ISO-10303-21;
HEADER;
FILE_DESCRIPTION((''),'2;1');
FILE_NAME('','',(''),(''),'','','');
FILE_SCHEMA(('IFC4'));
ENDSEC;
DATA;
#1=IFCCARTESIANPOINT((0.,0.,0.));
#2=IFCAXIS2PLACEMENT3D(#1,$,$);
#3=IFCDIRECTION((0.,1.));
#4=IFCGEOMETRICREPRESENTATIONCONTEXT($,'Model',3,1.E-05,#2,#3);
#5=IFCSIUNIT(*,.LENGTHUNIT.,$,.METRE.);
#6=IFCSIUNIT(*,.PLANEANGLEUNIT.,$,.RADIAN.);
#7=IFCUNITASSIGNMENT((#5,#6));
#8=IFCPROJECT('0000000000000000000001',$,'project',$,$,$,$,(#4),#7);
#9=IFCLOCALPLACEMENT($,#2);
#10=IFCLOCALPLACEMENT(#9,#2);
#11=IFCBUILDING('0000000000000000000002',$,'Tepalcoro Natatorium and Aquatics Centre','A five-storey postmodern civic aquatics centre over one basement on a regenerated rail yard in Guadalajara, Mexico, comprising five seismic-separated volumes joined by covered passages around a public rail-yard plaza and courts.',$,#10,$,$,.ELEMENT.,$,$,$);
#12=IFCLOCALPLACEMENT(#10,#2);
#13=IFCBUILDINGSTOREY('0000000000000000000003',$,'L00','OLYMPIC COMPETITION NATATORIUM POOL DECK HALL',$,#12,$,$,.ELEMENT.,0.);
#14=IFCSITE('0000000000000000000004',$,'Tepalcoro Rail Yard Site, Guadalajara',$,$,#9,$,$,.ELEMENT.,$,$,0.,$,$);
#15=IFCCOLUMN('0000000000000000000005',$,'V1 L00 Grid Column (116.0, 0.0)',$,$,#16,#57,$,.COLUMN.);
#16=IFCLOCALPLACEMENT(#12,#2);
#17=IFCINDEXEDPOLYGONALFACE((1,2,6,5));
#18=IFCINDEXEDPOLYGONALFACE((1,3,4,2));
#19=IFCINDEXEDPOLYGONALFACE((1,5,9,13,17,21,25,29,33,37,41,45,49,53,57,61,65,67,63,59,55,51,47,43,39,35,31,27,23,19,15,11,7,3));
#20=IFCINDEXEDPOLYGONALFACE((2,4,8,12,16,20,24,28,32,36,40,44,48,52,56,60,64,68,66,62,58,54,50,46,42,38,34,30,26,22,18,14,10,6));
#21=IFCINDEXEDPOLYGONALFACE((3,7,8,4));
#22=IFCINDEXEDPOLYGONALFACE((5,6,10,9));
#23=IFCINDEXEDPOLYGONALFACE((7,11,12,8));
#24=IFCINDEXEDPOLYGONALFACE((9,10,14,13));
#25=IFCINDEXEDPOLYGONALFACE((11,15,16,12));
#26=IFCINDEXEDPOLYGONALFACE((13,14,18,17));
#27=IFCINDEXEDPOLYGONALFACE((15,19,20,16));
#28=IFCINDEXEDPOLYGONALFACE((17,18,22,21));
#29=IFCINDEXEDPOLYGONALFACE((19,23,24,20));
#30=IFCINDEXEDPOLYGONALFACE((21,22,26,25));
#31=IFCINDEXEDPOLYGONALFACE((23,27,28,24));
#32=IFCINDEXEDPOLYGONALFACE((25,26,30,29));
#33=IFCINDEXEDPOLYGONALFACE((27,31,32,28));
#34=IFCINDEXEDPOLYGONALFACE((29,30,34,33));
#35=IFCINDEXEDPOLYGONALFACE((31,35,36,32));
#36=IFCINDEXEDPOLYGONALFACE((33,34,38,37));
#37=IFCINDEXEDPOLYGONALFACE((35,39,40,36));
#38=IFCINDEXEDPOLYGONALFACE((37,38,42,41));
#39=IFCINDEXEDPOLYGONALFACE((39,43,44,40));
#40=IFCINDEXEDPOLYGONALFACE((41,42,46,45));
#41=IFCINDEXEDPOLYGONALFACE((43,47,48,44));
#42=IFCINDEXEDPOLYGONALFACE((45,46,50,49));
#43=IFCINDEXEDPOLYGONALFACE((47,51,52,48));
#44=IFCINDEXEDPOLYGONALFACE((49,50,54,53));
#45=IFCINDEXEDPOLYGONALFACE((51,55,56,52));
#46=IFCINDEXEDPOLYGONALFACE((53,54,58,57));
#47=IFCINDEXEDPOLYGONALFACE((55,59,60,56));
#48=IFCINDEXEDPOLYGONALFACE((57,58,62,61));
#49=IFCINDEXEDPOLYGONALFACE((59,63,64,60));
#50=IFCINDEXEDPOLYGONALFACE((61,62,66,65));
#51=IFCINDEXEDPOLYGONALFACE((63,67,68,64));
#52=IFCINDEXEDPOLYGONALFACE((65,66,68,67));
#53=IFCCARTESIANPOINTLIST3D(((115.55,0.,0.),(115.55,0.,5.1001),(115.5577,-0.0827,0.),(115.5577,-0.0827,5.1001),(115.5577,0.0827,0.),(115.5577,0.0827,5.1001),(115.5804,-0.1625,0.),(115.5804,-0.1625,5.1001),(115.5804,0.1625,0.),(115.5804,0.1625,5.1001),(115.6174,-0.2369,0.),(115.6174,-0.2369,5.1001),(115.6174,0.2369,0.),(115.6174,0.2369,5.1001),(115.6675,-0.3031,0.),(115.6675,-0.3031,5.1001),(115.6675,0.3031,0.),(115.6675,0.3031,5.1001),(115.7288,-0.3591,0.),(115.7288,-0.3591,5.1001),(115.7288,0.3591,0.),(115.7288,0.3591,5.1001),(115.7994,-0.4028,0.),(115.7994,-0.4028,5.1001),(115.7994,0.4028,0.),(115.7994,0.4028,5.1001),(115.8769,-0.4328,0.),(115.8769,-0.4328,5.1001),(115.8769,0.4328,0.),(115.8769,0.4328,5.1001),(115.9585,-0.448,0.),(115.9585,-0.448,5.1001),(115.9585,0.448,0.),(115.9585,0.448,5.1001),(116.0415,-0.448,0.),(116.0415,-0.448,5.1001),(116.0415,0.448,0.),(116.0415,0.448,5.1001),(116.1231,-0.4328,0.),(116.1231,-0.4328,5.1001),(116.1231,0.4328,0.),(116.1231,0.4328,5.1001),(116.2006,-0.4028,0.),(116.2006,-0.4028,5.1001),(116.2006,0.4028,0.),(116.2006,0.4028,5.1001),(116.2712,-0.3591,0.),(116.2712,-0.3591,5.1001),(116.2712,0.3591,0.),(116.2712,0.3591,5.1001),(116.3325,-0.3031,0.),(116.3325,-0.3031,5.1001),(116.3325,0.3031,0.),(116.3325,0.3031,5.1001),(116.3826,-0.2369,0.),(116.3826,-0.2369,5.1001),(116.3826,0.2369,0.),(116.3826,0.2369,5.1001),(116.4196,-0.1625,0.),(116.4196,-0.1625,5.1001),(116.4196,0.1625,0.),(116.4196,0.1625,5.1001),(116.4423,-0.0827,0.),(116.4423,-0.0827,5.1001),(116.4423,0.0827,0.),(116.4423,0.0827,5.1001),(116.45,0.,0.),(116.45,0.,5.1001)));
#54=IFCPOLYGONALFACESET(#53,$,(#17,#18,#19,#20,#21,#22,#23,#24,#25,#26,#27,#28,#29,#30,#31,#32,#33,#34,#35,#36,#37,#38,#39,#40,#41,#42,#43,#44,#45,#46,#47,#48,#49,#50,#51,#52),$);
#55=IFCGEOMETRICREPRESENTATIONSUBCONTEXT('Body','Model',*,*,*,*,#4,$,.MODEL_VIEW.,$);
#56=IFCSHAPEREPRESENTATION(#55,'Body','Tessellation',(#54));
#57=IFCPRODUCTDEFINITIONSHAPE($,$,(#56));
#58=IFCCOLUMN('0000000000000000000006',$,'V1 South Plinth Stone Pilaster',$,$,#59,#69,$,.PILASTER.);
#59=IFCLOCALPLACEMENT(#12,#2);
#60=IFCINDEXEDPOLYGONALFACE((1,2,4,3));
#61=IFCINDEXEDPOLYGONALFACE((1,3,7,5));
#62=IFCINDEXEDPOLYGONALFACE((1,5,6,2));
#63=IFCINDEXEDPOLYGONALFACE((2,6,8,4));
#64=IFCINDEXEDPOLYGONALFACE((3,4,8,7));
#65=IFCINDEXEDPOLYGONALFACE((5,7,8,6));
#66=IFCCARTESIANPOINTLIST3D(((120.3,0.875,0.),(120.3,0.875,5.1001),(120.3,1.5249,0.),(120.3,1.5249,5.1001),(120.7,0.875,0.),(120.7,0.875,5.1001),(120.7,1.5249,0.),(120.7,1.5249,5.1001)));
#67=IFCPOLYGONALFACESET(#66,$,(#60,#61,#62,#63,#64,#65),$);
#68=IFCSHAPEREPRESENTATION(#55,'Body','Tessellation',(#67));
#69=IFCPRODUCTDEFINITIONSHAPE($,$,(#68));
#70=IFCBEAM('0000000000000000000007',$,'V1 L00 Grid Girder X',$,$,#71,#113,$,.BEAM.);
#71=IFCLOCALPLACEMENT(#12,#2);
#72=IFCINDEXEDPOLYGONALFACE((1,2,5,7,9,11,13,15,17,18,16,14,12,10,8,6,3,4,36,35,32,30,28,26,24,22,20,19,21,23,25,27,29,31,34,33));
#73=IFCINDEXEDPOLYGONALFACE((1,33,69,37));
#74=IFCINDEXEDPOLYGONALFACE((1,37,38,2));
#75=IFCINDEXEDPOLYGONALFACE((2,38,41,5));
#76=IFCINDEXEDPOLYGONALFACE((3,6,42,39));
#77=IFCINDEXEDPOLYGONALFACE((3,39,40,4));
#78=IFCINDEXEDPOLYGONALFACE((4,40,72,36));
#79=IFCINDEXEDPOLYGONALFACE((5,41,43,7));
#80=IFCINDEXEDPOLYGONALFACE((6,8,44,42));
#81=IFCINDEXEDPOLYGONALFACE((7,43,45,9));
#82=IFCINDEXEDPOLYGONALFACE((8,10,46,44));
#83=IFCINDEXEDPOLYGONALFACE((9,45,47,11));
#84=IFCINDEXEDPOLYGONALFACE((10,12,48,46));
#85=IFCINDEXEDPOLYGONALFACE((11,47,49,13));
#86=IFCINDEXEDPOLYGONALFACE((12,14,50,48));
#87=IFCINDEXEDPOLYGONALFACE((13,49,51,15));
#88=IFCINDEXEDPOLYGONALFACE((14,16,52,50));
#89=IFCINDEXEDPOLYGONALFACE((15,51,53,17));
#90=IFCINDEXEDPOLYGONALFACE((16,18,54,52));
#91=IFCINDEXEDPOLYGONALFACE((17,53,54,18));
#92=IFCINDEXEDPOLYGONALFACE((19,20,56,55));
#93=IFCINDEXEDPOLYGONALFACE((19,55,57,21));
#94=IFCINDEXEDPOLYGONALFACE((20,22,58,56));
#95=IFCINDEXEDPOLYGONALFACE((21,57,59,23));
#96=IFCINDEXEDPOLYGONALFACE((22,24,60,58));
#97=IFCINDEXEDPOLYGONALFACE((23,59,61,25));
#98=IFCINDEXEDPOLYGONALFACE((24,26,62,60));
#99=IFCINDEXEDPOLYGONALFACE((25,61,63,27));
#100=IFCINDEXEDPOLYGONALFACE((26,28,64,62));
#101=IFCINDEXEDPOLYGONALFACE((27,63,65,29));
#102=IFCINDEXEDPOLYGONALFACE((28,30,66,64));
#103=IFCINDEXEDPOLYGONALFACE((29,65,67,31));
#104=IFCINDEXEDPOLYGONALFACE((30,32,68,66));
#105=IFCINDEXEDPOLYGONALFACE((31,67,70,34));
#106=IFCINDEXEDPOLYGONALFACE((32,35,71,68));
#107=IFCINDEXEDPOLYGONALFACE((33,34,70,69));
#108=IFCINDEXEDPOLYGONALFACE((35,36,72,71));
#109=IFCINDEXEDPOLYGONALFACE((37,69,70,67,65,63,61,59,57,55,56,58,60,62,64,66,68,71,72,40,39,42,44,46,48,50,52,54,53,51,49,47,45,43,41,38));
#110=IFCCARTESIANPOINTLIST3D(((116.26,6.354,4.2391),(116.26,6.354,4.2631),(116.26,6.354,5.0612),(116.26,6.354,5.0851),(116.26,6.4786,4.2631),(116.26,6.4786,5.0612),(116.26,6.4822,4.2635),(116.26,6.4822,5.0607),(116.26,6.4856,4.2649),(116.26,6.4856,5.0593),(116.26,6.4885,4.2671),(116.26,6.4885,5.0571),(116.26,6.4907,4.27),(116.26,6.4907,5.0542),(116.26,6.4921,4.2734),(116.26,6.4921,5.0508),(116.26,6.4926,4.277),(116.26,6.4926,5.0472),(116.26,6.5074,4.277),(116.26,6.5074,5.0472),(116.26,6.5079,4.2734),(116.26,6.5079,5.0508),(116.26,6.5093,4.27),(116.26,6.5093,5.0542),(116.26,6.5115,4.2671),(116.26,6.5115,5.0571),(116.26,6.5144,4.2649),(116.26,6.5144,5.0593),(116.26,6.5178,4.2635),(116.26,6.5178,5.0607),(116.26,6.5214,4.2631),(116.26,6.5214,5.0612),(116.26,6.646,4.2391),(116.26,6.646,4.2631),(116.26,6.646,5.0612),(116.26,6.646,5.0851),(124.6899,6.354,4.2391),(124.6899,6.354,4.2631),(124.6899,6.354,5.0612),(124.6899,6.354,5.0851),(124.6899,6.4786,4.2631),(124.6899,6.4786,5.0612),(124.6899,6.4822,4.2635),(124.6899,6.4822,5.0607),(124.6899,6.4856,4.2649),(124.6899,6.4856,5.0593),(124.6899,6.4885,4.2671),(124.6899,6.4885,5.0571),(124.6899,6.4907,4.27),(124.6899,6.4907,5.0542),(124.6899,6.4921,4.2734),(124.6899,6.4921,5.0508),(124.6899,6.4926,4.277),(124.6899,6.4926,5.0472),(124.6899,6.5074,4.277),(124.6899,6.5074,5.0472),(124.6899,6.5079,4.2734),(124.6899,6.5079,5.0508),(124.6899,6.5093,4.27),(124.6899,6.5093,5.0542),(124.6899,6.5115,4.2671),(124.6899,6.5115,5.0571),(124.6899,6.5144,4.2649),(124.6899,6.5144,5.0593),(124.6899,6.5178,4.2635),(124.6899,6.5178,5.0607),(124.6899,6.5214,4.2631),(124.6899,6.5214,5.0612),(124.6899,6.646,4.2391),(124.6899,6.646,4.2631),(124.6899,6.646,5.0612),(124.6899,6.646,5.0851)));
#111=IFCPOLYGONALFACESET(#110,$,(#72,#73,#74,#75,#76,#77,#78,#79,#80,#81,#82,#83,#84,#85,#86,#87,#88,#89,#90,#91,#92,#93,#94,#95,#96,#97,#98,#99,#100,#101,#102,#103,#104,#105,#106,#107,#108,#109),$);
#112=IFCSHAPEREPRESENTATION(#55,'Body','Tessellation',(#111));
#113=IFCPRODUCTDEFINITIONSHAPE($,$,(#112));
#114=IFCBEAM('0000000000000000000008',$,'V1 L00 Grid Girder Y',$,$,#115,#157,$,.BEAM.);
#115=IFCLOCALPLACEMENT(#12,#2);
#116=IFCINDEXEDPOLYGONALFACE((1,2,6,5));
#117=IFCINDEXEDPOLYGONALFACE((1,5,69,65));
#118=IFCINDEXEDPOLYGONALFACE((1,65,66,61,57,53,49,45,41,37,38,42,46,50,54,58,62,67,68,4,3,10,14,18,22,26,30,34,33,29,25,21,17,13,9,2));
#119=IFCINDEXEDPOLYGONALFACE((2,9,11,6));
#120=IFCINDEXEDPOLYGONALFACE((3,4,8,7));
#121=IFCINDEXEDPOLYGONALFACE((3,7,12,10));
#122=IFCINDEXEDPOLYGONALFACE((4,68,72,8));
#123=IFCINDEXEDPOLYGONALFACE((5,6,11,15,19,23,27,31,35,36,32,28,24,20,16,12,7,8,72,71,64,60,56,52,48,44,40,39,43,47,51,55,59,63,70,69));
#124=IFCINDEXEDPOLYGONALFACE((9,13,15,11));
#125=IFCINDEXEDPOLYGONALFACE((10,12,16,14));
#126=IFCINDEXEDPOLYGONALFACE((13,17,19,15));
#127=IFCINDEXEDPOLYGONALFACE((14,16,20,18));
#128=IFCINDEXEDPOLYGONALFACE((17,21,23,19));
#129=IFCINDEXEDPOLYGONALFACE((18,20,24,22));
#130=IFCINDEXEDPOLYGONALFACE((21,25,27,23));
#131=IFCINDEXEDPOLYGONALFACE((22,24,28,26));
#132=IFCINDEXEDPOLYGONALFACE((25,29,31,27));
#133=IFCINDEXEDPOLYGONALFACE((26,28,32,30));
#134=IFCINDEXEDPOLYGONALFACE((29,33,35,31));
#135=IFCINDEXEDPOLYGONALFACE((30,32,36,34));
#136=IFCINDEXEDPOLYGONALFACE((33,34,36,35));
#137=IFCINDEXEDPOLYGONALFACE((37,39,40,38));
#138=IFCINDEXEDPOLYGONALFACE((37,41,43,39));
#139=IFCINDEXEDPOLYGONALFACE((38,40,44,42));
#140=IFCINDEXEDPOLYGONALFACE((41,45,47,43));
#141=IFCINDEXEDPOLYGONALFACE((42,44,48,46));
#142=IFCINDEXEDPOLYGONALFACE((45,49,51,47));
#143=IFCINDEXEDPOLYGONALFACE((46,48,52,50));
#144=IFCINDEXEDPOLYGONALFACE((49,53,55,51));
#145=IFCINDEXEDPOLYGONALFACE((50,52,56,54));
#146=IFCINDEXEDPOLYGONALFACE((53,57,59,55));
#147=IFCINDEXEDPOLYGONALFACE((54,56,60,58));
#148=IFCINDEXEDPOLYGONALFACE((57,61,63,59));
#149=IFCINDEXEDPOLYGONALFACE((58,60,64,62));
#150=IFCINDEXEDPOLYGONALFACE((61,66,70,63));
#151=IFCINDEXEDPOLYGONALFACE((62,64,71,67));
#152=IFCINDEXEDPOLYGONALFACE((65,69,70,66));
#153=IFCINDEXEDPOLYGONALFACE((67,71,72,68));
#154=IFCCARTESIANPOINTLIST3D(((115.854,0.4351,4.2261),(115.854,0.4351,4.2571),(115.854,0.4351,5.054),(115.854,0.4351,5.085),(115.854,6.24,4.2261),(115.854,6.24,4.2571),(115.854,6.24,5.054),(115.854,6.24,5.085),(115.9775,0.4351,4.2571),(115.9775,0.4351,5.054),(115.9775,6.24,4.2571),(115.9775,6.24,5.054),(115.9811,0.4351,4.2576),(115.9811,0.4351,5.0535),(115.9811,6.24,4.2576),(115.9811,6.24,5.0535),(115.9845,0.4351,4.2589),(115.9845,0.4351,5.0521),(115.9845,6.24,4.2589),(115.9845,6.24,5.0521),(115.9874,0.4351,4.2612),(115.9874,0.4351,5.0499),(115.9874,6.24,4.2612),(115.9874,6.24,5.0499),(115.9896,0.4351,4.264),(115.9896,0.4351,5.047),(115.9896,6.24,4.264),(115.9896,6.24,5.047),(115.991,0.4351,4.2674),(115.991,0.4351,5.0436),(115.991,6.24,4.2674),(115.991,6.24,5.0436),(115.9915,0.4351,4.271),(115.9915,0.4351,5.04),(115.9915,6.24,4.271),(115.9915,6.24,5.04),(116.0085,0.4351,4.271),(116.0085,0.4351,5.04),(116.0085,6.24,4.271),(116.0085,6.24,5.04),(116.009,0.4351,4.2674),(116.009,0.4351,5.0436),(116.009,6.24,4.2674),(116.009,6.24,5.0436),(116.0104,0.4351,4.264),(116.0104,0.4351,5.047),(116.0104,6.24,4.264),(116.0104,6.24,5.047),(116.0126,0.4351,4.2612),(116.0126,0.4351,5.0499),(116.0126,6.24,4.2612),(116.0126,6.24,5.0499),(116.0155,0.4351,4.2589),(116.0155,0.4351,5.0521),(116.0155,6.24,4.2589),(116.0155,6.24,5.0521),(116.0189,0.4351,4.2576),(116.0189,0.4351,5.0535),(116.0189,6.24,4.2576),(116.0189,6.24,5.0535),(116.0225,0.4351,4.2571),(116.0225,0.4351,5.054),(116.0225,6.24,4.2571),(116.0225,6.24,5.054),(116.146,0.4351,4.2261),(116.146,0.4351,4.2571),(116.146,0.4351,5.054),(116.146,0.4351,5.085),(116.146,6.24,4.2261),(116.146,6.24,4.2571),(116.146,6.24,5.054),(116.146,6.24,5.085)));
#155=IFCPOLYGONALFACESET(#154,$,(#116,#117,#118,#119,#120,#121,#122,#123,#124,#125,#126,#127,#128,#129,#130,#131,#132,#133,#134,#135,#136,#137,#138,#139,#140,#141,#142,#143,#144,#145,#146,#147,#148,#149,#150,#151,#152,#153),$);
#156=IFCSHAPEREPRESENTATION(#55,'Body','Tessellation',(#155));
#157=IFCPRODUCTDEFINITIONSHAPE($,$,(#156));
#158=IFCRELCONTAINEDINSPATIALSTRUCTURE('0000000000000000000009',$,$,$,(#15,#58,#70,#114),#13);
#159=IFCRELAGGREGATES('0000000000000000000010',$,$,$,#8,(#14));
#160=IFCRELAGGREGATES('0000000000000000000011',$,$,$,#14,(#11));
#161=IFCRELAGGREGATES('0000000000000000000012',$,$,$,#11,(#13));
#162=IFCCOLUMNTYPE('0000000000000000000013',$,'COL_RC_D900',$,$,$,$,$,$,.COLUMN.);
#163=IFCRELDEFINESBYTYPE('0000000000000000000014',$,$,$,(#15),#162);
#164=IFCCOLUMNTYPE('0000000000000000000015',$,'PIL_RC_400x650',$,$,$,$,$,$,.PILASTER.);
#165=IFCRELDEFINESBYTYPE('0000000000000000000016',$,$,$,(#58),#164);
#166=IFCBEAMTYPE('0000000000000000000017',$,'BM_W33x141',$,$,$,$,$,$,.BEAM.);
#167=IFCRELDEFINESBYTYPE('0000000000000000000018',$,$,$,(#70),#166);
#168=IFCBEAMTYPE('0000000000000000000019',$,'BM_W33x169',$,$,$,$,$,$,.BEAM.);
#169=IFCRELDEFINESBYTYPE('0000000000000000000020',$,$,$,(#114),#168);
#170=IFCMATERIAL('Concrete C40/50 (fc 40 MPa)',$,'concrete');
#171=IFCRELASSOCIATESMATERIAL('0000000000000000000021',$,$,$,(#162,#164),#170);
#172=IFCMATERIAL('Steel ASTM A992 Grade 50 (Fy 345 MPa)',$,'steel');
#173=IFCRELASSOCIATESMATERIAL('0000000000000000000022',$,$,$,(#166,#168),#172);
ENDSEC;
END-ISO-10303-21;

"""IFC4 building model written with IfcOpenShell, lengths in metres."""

from ifc_helpers import new_model, si_unit, direction, frame, origin, origin_2d, place, context, subcontext, project, spatial, rectangle, circle, i_section, extrude, material, material_profile, profile_set, type_object, element, save


model = new_model("IFC4")

# Units and contexts
model_context = context("Model", 3, precision=1e-05, world=origin(), true_north=direction((0.0, 1.0)))
body_context = subcontext(model_context, "Body", "Model", "MODEL_VIEW")
ifc_project = project(units=[si_unit("LENGTHUNIT", "METRE"), si_unit("PLANEANGLEUNIT", "RADIAN")], contexts=[model_context])

# Site, building, storey
site_placement = place(None, origin())
site = spatial("IfcSite", under=ifc_project, at=site_placement, Name="Tepalcoro Rail Yard Site, Guadalajara", CompositionType="ELEMENT", RefElevation=0.0)
building_placement = place(site_placement, origin())
building = spatial("IfcBuilding", under=site, at=building_placement, Name="Tepalcoro Natatorium and Aquatics Centre", Description="A five-storey postmodern civic aquatics centre over one basement on a regenerated rail yard in Guadalajara, Mexico, comprising five seismic-separated volumes joined by covered passages around a public rail-yard plaza and courts.", CompositionType="ELEMENT")
storey_placement = place(building_placement, origin())
storey = spatial("IfcBuildingStorey", under=building, at=storey_placement, Name="L00", Description="OLYMPIC COMPETITION NATATORIUM POOL DECK HALL", CompositionType="ELEMENT", Elevation=0.0)

# Shared definitions
ifc_material_1 = material(Name="Concrete C40/50 (fc 40 MPa)", Category="concrete")

# Columns
ifc_material_profile_1 = material_profile(ifc_material_1, circle(Radius=0.45, at=origin_2d()), Name="RCD900")
ifc_profile_set_1 = profile_set([ifc_material_profile_1], Name="Concrete C40/50 (fc 40 MPa)")
column_type_1 = type_object("IfcColumnType", Name="COL_RC_D900", PredefinedType="COLUMN", material=ifc_profile_set_1)
column_1_placement = place(storey_placement, frame((116.0, 0.0, 0.0), z_axis=(0.0, 0.0, 1.0), x_axis=(1.0, 0.0, 0.0)))
element("IfcColumn", 1, at=column_1_placement, inside=storey, type_object=column_type_1, Name="V1 L00 Grid Column (116.0, 0.0)", PredefinedType="COLUMN", context=body_context, shape_type="SweptSolid", body=[
    extrude(circle(Radius=0.45, at=origin_2d()), origin(), (0.0, 0.0, 1.0), 5.1001),
])
ifc_material_profile_2 = material_profile(ifc_material_1, rectangle(XDim=0.3999, YDim=0.6499, at=origin_2d()), Name="PIL400x650")
ifc_profile_set_2 = profile_set([ifc_material_profile_2], Name="Concrete C40/50 (fc 40 MPa)")
column_type_2 = type_object("IfcColumnType", Name="PIL_RC_400x650", PredefinedType="PILASTER", material=ifc_profile_set_2)
column_2_placement = place(storey_placement, frame((120.5, 1.2, 0.0), z_axis=(0.0, 0.0, 1.0), x_axis=(1.0, 0.0, 0.0)))
element("IfcColumn", 2, at=column_2_placement, inside=storey, type_object=column_type_2, Name="V1 South Plinth Stone Pilaster", PredefinedType="PILASTER", context=body_context, shape_type="SweptSolid", body=[
    extrude(rectangle(XDim=0.3999, YDim=0.6499, at=origin_2d()), origin(), (0.0, 0.0, 1.0), 5.1001),
])

# Beams
ifc_material_2 = material(Name="Steel ASTM A992 Grade 50 (Fy 345 MPa)", Category="steel")
ifc_material_profile_3 = material_profile(ifc_material_2, i_section(OverallWidth=0.292, OverallDepth=0.8459, WebThickness=0.0149, FlangeThickness=0.0239, FilletRadius=0.0139, at=origin_2d()), Name="W33X141")
ifc_profile_set_3 = profile_set([ifc_material_profile_3], Name="Steel ASTM A992 Grade 50 (Fy 345 MPa)")
beam_type_1 = type_object("IfcBeamType", Name="BM_W33x141", PredefinedType="BEAM", material=ifc_profile_set_3)
beam_1_placement = place(storey_placement, frame((116.26, 6.5, 4.6621), z_axis=(1.0, 0.0, 0.0), x_axis=(0.0, 1.0, 0.0)))
element("IfcBeam", 3, at=beam_1_placement, inside=storey, type_object=beam_type_1, Name="V1 L00 Grid Girder X", PredefinedType="BEAM", context=body_context, shape_type="SweptSolid", body=[
    extrude(i_section(OverallWidth=0.292, OverallDepth=0.8459, WebThickness=0.0149, FlangeThickness=0.0239, FilletRadius=0.0139, at=origin_2d()), origin(), (0.0, 0.0, 1.0), 8.4299),
])
ifc_material_profile_4 = material_profile(ifc_material_2, i_section(OverallWidth=0.292, OverallDepth=0.8589, WebThickness=0.0171, FlangeThickness=0.031, FilletRadius=0.0139, at=origin_2d()), Name="W33X169")
ifc_profile_set_4 = profile_set([ifc_material_profile_4], Name="Steel ASTM A992 Grade 50 (Fy 345 MPa)")
beam_type_2 = type_object("IfcBeamType", Name="BM_W33x169", PredefinedType="BEAM", material=ifc_profile_set_4)
beam_2_placement = place(storey_placement, frame((116.0, 0.4351, 4.6555), z_axis=(0.0, 1.0, 0.0), x_axis=(-1.0, 0.0, 0.0)))
element("IfcBeam", 4, at=beam_2_placement, inside=storey, type_object=beam_type_2, Name="V1 L00 Grid Girder Y", PredefinedType="BEAM", context=body_context, shape_type="SweptSolid", body=[
    extrude(i_section(OverallWidth=0.292, OverallDepth=0.8589, WebThickness=0.0171, FlangeThickness=0.031, FilletRadius=0.0139, at=origin_2d()), origin(), (0.0, 0.0, 1.0), 5.8049),
])

save(model, "model.ifc")
